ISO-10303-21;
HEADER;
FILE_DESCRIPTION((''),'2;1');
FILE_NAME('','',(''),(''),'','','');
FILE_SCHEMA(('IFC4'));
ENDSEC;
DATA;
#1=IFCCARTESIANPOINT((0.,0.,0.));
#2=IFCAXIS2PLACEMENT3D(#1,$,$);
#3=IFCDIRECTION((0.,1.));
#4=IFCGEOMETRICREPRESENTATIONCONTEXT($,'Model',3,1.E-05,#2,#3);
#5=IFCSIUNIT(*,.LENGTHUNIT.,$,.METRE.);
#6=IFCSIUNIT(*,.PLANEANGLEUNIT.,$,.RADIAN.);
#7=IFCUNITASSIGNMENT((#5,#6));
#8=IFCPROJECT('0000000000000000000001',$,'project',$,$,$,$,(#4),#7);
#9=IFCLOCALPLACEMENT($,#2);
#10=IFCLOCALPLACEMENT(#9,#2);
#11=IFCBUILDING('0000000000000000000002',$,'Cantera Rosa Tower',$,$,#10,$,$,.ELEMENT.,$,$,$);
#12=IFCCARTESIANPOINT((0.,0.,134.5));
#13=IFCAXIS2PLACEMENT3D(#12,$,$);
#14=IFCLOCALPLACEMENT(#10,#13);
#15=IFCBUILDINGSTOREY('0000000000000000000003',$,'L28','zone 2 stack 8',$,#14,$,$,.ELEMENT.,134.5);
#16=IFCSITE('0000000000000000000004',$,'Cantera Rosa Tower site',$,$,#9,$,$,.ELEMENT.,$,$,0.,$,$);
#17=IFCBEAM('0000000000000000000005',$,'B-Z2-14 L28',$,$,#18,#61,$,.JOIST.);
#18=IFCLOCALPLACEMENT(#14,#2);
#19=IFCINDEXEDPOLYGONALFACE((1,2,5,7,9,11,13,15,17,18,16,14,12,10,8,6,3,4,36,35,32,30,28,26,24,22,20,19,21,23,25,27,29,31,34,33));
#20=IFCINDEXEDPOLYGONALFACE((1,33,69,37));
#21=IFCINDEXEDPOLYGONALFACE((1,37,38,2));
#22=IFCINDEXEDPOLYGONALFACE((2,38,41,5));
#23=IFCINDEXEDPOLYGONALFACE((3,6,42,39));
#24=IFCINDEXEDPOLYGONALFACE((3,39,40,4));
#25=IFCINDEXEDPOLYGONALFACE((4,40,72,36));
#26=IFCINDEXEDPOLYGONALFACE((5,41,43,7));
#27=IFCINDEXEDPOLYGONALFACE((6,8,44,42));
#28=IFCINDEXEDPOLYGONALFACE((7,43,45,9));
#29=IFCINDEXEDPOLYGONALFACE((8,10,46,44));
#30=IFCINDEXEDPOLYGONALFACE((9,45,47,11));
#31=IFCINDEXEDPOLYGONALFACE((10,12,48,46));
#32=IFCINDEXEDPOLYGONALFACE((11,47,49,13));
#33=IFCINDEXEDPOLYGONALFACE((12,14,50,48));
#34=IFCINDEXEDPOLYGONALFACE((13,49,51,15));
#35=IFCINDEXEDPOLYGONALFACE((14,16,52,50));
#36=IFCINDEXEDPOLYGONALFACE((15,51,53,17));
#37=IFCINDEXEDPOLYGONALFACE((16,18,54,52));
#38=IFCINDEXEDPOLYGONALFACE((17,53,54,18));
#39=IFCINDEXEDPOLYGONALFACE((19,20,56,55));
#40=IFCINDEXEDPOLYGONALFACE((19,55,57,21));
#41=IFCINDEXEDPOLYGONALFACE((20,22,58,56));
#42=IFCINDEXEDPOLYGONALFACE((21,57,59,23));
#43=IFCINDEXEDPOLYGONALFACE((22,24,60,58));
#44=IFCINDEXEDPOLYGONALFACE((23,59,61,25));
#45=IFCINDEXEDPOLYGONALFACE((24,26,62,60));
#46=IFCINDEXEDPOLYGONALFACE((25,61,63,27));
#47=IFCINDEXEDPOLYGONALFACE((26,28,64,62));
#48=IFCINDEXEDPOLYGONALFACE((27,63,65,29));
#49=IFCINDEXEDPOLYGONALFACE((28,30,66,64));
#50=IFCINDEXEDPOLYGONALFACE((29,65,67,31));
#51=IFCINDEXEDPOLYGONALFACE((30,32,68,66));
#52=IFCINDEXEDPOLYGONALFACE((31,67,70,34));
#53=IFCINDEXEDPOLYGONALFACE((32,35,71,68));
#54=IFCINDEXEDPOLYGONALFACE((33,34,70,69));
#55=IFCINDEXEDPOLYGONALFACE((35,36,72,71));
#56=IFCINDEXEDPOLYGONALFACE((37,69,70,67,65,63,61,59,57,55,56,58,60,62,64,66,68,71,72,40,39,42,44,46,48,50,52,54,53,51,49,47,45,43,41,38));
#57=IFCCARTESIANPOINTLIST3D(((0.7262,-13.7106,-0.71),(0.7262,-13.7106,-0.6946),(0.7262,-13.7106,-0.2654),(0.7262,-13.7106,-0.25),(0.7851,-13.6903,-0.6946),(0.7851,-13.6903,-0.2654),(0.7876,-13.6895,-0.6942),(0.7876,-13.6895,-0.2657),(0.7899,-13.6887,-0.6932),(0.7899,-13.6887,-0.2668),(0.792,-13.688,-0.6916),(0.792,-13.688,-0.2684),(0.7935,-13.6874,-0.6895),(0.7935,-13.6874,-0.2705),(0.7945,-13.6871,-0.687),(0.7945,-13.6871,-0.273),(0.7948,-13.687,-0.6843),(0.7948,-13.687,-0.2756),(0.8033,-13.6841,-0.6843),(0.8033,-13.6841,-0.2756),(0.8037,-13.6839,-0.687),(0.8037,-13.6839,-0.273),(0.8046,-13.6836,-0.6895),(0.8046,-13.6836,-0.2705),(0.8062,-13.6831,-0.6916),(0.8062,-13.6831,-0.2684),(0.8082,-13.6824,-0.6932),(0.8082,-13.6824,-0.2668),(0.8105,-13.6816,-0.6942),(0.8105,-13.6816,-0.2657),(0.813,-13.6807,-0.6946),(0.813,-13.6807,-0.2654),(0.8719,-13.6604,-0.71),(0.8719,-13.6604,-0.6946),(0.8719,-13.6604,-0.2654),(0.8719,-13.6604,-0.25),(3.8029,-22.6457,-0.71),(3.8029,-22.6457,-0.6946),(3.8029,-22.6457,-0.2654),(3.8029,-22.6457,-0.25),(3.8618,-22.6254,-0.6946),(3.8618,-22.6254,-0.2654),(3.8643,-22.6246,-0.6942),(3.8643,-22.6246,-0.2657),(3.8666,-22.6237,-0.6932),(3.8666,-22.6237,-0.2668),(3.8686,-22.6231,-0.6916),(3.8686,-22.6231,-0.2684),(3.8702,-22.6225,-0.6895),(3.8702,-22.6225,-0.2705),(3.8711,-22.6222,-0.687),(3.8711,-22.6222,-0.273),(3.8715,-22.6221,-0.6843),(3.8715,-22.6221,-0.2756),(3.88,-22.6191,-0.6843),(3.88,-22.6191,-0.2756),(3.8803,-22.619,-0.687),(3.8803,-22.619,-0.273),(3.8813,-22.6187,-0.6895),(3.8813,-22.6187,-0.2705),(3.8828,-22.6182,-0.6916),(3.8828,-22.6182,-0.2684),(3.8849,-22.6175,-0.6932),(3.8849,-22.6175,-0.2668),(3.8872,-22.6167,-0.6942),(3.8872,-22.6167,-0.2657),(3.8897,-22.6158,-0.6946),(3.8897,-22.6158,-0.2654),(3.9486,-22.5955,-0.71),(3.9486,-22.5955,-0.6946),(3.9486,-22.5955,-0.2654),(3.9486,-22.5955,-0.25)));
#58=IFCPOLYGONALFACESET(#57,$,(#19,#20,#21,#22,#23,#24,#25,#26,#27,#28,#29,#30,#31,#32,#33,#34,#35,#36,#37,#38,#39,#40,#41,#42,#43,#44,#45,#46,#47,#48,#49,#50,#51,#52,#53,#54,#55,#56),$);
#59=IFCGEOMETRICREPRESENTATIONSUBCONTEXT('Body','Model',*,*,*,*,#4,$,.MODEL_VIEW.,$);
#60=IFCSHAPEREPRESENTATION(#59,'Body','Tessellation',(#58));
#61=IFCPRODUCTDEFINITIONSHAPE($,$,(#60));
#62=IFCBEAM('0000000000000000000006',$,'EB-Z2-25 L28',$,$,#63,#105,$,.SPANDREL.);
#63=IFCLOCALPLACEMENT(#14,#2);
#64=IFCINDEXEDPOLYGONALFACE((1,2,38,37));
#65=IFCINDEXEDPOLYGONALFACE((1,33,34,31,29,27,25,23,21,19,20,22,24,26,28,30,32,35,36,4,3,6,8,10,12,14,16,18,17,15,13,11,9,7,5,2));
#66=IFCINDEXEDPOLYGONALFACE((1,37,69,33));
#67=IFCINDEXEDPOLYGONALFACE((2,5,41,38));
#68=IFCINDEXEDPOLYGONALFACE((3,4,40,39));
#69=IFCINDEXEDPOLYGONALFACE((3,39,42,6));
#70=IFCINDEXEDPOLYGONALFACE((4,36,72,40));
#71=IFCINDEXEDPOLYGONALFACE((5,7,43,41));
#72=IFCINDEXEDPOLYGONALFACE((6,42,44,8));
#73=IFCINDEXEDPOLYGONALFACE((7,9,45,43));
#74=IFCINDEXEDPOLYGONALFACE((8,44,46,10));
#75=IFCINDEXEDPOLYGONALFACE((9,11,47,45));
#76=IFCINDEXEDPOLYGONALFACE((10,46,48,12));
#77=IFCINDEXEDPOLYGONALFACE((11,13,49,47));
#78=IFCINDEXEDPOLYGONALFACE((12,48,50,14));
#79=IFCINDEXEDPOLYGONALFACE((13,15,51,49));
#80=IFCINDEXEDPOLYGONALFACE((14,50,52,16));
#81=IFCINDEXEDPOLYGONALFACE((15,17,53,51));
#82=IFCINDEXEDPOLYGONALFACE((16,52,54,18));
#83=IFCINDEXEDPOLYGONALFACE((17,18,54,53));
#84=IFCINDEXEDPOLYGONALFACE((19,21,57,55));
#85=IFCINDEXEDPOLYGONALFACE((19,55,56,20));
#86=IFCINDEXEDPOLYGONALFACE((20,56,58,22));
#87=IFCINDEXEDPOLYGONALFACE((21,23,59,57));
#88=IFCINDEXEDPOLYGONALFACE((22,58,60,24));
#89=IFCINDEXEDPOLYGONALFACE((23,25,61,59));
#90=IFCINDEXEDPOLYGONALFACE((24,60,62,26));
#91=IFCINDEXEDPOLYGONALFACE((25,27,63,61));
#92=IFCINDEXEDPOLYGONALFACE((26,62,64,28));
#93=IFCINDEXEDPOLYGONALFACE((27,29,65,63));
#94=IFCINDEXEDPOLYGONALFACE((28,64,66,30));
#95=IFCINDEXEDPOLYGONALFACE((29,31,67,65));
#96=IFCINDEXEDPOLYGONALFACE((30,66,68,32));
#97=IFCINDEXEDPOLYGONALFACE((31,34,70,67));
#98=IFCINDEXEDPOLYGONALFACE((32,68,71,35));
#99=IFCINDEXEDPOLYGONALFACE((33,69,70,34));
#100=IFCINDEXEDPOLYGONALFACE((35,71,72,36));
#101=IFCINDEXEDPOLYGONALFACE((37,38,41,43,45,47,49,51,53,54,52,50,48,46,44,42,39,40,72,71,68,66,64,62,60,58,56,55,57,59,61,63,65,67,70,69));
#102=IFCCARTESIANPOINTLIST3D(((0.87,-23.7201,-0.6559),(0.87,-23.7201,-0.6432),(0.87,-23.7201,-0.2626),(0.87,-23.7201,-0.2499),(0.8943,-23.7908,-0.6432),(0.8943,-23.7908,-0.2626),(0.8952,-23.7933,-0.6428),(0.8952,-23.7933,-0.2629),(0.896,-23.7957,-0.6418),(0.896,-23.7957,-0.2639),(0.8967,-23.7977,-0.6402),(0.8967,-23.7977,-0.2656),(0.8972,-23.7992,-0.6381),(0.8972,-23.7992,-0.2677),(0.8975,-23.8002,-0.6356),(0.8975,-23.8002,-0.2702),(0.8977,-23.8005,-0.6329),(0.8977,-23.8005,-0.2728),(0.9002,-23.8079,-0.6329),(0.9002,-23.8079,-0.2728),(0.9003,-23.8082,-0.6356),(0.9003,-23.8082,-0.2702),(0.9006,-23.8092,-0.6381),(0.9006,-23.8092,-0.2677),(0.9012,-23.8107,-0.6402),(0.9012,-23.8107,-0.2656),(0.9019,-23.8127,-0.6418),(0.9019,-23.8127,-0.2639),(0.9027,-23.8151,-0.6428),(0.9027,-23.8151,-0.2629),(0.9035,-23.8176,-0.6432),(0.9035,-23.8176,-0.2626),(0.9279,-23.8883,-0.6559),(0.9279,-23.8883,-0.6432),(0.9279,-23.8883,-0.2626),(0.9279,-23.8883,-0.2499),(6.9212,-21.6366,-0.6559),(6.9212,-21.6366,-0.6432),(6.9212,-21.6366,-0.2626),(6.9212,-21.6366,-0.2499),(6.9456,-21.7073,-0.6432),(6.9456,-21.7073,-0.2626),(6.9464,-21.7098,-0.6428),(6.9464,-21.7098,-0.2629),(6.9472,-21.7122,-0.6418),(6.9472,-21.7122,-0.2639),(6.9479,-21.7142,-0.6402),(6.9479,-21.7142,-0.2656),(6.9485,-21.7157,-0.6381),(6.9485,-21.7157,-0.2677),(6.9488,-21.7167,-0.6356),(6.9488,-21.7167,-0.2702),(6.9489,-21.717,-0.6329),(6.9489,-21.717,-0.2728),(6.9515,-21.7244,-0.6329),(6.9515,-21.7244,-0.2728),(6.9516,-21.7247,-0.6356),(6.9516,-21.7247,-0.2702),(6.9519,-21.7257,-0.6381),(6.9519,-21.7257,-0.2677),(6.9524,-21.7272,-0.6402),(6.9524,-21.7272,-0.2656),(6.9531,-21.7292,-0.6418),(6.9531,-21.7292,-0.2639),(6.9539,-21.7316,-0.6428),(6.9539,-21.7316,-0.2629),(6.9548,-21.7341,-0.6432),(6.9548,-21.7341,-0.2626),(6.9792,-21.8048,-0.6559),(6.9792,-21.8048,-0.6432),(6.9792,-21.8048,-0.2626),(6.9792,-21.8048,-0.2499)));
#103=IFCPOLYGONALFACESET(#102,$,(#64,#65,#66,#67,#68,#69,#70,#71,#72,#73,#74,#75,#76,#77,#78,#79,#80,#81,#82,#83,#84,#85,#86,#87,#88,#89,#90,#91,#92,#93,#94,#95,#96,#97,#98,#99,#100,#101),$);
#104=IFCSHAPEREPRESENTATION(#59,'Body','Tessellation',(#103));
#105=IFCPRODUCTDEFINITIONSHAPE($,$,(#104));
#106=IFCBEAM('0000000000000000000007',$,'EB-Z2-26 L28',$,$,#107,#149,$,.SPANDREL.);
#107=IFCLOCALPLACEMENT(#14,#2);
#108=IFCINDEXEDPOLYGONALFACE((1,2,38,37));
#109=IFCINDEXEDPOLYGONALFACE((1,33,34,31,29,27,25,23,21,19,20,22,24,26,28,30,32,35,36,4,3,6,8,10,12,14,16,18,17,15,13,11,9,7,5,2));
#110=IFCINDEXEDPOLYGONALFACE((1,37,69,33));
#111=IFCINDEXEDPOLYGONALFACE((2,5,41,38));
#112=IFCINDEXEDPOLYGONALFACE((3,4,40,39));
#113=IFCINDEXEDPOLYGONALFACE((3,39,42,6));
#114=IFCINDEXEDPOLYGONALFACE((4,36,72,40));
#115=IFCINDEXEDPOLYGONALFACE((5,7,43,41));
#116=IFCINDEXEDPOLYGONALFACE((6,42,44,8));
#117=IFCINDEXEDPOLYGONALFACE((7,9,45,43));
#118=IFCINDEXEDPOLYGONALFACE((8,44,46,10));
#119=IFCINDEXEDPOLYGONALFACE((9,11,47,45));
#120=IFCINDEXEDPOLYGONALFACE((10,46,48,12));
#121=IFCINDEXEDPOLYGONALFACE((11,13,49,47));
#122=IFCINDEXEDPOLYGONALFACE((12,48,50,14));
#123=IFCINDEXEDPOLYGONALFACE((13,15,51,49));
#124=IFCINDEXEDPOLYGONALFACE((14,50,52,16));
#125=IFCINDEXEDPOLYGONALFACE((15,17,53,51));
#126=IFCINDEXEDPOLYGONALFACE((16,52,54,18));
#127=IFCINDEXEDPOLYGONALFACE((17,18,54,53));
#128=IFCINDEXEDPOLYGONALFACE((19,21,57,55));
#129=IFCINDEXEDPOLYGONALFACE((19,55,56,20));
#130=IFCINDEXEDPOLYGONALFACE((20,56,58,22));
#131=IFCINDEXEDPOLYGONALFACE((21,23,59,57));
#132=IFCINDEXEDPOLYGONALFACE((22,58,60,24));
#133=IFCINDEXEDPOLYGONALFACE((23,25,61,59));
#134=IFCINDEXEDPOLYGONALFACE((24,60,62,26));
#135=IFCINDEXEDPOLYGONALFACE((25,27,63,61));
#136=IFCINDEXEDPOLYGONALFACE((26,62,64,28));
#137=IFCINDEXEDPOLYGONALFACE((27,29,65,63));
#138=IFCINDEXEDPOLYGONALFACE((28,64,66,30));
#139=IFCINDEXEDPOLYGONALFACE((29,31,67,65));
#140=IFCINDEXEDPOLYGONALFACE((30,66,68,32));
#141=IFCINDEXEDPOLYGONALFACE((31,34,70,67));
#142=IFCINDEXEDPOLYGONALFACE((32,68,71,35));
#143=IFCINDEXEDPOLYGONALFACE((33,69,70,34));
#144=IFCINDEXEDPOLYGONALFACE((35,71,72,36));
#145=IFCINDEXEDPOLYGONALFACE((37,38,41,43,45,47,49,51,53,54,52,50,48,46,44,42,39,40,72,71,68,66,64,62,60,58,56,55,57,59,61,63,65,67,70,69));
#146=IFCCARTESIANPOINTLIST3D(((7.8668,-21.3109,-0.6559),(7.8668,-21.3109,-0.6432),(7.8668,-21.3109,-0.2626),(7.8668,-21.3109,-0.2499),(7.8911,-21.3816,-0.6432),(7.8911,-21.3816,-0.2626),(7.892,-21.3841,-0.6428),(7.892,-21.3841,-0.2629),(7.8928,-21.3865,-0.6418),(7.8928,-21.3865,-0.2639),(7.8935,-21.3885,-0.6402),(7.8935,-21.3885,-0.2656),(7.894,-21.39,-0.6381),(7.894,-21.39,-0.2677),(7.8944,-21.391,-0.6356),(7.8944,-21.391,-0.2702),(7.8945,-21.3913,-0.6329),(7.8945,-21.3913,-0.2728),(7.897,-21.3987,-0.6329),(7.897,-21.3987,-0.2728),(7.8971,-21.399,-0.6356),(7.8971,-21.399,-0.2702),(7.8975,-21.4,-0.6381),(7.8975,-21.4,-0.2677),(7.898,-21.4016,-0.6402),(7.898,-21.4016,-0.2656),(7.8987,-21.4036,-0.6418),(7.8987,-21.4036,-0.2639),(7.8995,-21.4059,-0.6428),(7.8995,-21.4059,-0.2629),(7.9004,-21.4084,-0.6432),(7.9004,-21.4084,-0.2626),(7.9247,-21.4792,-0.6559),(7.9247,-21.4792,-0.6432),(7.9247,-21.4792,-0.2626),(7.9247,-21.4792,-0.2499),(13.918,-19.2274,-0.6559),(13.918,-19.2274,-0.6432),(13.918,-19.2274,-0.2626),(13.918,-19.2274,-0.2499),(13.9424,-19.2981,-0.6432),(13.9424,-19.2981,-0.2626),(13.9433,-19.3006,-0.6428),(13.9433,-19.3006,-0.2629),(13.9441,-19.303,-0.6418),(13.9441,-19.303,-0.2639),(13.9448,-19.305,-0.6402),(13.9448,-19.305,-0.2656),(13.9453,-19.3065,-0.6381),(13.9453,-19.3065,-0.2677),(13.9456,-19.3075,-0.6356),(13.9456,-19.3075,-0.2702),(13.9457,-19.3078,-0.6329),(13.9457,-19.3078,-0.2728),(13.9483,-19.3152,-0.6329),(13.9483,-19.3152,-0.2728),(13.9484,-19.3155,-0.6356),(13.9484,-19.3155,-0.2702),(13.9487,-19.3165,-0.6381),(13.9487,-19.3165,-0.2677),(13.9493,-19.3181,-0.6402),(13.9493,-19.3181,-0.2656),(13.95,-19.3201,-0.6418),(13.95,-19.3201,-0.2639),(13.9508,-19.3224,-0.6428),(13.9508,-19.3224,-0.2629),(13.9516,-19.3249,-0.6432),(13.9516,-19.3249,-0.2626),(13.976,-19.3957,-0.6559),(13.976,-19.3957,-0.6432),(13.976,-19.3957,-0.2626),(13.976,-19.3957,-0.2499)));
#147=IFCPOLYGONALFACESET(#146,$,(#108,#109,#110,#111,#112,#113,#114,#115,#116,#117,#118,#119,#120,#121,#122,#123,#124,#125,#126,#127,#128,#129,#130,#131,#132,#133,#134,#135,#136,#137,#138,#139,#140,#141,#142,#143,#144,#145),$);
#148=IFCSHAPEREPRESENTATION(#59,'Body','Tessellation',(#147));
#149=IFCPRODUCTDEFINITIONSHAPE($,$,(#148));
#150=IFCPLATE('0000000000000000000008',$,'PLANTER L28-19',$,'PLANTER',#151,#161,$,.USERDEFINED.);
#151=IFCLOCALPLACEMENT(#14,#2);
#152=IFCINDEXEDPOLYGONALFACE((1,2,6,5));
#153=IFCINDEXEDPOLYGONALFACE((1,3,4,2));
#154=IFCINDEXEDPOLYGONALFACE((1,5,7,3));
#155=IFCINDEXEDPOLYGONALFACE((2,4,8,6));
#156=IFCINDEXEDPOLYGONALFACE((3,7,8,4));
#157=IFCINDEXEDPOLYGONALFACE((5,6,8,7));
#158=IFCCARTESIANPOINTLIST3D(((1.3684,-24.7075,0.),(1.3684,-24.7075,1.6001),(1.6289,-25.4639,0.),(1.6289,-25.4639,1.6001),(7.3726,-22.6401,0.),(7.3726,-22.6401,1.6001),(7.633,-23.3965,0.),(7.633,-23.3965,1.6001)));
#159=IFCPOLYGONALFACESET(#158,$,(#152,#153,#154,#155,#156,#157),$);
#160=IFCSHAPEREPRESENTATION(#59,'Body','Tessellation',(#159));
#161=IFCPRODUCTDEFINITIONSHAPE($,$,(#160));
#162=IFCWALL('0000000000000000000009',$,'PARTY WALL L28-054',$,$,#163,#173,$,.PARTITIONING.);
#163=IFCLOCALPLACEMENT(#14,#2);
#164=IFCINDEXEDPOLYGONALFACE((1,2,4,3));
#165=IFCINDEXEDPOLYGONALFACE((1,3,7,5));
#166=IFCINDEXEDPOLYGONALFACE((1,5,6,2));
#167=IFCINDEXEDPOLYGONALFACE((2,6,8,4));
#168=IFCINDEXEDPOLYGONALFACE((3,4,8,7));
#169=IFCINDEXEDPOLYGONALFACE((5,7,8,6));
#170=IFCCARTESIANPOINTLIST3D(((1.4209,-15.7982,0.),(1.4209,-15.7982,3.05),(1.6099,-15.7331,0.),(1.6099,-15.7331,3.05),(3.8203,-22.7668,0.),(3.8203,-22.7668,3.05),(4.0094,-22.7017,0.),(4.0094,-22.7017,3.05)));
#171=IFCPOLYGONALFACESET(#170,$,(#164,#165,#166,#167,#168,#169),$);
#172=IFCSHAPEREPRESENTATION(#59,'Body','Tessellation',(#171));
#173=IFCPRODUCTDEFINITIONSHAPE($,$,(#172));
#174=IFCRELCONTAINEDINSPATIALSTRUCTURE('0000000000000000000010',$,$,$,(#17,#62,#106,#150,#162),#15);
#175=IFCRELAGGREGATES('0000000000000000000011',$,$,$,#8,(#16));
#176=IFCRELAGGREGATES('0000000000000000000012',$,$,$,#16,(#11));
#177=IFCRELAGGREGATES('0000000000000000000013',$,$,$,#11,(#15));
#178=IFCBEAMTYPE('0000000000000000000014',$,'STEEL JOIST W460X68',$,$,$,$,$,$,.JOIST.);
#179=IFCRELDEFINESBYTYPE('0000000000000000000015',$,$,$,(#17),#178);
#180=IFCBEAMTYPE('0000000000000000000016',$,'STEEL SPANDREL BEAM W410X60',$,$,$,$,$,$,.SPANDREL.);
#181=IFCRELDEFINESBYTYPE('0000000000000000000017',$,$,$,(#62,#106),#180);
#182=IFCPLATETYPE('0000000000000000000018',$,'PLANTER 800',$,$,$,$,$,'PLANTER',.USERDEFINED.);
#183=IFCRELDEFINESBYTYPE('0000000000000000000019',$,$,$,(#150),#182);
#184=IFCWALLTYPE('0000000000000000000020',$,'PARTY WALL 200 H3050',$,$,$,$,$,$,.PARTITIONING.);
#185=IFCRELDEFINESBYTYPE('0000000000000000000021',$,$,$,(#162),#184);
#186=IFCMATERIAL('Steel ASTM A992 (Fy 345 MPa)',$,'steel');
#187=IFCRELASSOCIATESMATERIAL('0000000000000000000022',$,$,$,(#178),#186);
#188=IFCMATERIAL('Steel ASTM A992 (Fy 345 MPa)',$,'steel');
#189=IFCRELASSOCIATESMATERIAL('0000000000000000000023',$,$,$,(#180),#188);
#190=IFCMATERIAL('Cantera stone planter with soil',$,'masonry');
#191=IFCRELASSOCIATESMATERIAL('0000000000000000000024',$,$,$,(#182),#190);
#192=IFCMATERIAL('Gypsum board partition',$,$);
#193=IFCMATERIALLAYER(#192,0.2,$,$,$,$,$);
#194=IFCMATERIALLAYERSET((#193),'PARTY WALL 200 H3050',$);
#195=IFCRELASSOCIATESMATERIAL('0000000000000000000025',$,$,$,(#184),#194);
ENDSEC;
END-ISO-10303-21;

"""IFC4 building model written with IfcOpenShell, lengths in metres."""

from ifc_helpers import new_model, si_unit, direction, frame, frame_2d, origin, origin_2d, place, context, subcontext, project, spatial, rectangle, i_section, extrude, material, layer, layer_set, material_profile, profile_set, type_object, element, save


model = new_model("IFC4")

# Units and contexts
model_context = context("Model", 3, precision=1e-05, world=origin(), true_north=direction((0.0, 1.0)))
body_context = subcontext(model_context, "Body", "Model", "MODEL_VIEW")
ifc_project = project(units=[si_unit("LENGTHUNIT", "METRE"), si_unit("PLANEANGLEUNIT", "RADIAN")], contexts=[model_context])

# Site, building, storey
site_placement = place(None, origin())
site = spatial("IfcSite", under=ifc_project, at=site_placement, Name="Cantera Rosa Tower site", CompositionType="ELEMENT", RefElevation=0.0)
building_placement = place(site_placement, origin())
building = spatial("IfcBuilding", under=site, at=building_placement, Name="Cantera Rosa Tower", CompositionType="ELEMENT")
storey_placement = place(building_placement, frame((0.0, 0.0, 134.5)))
storey = spatial("IfcBuildingStorey", under=building, at=storey_placement, Name="L28", Description="zone 2 stack 8", CompositionType="ELEMENT", Elevation=134.5)

# Beams
ifc_material_1 = material(Name="Steel ASTM A992 (Fy 345 MPa)", Category="steel")
ifc_material_profile_1 = material_profile(ifc_material_1, i_section(OverallWidth=0.1541, OverallDepth=0.46, WebThickness=0.009, FlangeThickness=0.0154, FilletRadius=0.0103, at=origin_2d()), Name="W460X68")
ifc_profile_set_1 = profile_set([ifc_material_profile_1], Name="Steel ASTM A992 (Fy 345 MPa)")
beam_type_1 = type_object("IfcBeamType", Name="STEEL JOIST W460X68", PredefinedType="JOIST", material=ifc_profile_set_1)
beam_1_placement = place(storey_placement, frame((3.8757, -22.6206, -0.48), z_axis=(-0.325575, 0.945516, 0.0), x_axis=(-0.945516, -0.325575, 0.0)))
element("IfcBeam", 1, at=beam_1_placement, inside=storey, type_object=beam_type_1, Name="B-Z2-14 L28", PredefinedType="JOIST", context=body_context, shape_type="SweptSolid", body=[
    extrude(i_section(OverallWidth=0.1541, OverallDepth=0.46, WebThickness=0.009, FlangeThickness=0.0154, FilletRadius=0.0103, at=origin_2d()), origin(), (0.0, 0.0, 1.0), 9.45),
])
ifc_material_2 = material(Name="Steel ASTM A992 (Fy 345 MPa)", Category="steel")
ifc_material_profile_2 = material_profile(ifc_material_2, i_section(OverallWidth=0.178, OverallDepth=0.406, WebThickness=0.0078, FlangeThickness=0.0127, FilletRadius=0.0103, at=origin_2d()), Name="W410X60")
ifc_profile_set_2 = profile_set([ifc_material_profile_2], Name="Steel ASTM A992 (Fy 345 MPa)")
beam_type_2 = type_object("IfcBeamType", Name="STEEL SPANDREL BEAM W410X60", PredefinedType="SPANDREL", material=ifc_profile_set_2)
for number, where, z_axis, x_axis, name in (
    (2, (0.8989, -23.8042, -0.4529), (0.945524, 0.325551, 0.0), (-0.325551, 0.945524, 0.0), "EB-Z2-25 L28"),
    (3, (7.8958, -21.395, -0.4529), (0.945524, 0.325551, 0.0), (-0.325551, 0.945524, 0.0), "EB-Z2-26 L28"),
):
    element("IfcBeam", number, at=place(storey_placement, frame(where, z_axis=z_axis, x_axis=x_axis)), inside=storey, type_object=beam_type_2, Name=name, PredefinedType="SPANDREL", context=body_context, shape_type="SweptSolid", body=[
        extrude(i_section(OverallWidth=0.178, OverallDepth=0.406, WebThickness=0.0078, FlangeThickness=0.0127, FilletRadius=0.0103, at=origin_2d()), origin(), (0.0, 0.0, 1.0), 6.3999),
    ])

# Plate
ifc_material_3 = material(Name="Cantera stone planter with soil", Category="masonry")
plate_type = type_object("IfcPlateType", Name="PLANTER 800", ElementType="PLANTER", PredefinedType="USERDEFINED", material=ifc_material_3)
plate_placement = place(storey_placement, frame((4.5007, -24.052, 0.0), z_axis=(0.0, 0.0, 1.0), x_axis=(0.945519, 0.325568, 0.0)))
element("IfcPlate", 4, at=plate_placement, inside=storey, type_object=plate_type, Name="PLANTER L28-19", ObjectType="PLANTER", PredefinedType="USERDEFINED", context=body_context, shape_type="SweptSolid", body=[
    extrude(rectangle(XDim=6.3501, YDim=0.8, at=origin_2d()), origin(), (0.0, 0.0, 1.0), 1.6001),
])

# Wall
ifc_material_4 = material(Name="Gypsum board partition")
ifc_layer_1 = layer(ifc_material_4, 0.2)
ifc_layer_set_1 = layer_set([ifc_layer_1], Name="PARTY WALL 200 H3050")
wall_type_1 = type_object("IfcWallType", Name="PARTY WALL 200 H3050", PredefinedType="PARTITIONING", material=ifc_layer_set_1)
wall_1_placement = place(storey_placement, frame((1.5154, -15.7656, 0.0), z_axis=(0.0, 0.0, 1.0), x_axis=(0.325564, -0.94552, 0.0)))
element("IfcWall", 5, at=wall_1_placement, inside=storey, type_object=wall_type_1, Name="PARTY WALL L28-054", PredefinedType="PARTITIONING", context=body_context, shape_type="SweptSolid", body=[
    extrude(rectangle(XDim=7.3701, YDim=0.2, at=frame_2d((3.6851, 0.0))), origin(), (0.0, 0.0, 1.0), 3.05),
])

save(model, "model.ifc")
